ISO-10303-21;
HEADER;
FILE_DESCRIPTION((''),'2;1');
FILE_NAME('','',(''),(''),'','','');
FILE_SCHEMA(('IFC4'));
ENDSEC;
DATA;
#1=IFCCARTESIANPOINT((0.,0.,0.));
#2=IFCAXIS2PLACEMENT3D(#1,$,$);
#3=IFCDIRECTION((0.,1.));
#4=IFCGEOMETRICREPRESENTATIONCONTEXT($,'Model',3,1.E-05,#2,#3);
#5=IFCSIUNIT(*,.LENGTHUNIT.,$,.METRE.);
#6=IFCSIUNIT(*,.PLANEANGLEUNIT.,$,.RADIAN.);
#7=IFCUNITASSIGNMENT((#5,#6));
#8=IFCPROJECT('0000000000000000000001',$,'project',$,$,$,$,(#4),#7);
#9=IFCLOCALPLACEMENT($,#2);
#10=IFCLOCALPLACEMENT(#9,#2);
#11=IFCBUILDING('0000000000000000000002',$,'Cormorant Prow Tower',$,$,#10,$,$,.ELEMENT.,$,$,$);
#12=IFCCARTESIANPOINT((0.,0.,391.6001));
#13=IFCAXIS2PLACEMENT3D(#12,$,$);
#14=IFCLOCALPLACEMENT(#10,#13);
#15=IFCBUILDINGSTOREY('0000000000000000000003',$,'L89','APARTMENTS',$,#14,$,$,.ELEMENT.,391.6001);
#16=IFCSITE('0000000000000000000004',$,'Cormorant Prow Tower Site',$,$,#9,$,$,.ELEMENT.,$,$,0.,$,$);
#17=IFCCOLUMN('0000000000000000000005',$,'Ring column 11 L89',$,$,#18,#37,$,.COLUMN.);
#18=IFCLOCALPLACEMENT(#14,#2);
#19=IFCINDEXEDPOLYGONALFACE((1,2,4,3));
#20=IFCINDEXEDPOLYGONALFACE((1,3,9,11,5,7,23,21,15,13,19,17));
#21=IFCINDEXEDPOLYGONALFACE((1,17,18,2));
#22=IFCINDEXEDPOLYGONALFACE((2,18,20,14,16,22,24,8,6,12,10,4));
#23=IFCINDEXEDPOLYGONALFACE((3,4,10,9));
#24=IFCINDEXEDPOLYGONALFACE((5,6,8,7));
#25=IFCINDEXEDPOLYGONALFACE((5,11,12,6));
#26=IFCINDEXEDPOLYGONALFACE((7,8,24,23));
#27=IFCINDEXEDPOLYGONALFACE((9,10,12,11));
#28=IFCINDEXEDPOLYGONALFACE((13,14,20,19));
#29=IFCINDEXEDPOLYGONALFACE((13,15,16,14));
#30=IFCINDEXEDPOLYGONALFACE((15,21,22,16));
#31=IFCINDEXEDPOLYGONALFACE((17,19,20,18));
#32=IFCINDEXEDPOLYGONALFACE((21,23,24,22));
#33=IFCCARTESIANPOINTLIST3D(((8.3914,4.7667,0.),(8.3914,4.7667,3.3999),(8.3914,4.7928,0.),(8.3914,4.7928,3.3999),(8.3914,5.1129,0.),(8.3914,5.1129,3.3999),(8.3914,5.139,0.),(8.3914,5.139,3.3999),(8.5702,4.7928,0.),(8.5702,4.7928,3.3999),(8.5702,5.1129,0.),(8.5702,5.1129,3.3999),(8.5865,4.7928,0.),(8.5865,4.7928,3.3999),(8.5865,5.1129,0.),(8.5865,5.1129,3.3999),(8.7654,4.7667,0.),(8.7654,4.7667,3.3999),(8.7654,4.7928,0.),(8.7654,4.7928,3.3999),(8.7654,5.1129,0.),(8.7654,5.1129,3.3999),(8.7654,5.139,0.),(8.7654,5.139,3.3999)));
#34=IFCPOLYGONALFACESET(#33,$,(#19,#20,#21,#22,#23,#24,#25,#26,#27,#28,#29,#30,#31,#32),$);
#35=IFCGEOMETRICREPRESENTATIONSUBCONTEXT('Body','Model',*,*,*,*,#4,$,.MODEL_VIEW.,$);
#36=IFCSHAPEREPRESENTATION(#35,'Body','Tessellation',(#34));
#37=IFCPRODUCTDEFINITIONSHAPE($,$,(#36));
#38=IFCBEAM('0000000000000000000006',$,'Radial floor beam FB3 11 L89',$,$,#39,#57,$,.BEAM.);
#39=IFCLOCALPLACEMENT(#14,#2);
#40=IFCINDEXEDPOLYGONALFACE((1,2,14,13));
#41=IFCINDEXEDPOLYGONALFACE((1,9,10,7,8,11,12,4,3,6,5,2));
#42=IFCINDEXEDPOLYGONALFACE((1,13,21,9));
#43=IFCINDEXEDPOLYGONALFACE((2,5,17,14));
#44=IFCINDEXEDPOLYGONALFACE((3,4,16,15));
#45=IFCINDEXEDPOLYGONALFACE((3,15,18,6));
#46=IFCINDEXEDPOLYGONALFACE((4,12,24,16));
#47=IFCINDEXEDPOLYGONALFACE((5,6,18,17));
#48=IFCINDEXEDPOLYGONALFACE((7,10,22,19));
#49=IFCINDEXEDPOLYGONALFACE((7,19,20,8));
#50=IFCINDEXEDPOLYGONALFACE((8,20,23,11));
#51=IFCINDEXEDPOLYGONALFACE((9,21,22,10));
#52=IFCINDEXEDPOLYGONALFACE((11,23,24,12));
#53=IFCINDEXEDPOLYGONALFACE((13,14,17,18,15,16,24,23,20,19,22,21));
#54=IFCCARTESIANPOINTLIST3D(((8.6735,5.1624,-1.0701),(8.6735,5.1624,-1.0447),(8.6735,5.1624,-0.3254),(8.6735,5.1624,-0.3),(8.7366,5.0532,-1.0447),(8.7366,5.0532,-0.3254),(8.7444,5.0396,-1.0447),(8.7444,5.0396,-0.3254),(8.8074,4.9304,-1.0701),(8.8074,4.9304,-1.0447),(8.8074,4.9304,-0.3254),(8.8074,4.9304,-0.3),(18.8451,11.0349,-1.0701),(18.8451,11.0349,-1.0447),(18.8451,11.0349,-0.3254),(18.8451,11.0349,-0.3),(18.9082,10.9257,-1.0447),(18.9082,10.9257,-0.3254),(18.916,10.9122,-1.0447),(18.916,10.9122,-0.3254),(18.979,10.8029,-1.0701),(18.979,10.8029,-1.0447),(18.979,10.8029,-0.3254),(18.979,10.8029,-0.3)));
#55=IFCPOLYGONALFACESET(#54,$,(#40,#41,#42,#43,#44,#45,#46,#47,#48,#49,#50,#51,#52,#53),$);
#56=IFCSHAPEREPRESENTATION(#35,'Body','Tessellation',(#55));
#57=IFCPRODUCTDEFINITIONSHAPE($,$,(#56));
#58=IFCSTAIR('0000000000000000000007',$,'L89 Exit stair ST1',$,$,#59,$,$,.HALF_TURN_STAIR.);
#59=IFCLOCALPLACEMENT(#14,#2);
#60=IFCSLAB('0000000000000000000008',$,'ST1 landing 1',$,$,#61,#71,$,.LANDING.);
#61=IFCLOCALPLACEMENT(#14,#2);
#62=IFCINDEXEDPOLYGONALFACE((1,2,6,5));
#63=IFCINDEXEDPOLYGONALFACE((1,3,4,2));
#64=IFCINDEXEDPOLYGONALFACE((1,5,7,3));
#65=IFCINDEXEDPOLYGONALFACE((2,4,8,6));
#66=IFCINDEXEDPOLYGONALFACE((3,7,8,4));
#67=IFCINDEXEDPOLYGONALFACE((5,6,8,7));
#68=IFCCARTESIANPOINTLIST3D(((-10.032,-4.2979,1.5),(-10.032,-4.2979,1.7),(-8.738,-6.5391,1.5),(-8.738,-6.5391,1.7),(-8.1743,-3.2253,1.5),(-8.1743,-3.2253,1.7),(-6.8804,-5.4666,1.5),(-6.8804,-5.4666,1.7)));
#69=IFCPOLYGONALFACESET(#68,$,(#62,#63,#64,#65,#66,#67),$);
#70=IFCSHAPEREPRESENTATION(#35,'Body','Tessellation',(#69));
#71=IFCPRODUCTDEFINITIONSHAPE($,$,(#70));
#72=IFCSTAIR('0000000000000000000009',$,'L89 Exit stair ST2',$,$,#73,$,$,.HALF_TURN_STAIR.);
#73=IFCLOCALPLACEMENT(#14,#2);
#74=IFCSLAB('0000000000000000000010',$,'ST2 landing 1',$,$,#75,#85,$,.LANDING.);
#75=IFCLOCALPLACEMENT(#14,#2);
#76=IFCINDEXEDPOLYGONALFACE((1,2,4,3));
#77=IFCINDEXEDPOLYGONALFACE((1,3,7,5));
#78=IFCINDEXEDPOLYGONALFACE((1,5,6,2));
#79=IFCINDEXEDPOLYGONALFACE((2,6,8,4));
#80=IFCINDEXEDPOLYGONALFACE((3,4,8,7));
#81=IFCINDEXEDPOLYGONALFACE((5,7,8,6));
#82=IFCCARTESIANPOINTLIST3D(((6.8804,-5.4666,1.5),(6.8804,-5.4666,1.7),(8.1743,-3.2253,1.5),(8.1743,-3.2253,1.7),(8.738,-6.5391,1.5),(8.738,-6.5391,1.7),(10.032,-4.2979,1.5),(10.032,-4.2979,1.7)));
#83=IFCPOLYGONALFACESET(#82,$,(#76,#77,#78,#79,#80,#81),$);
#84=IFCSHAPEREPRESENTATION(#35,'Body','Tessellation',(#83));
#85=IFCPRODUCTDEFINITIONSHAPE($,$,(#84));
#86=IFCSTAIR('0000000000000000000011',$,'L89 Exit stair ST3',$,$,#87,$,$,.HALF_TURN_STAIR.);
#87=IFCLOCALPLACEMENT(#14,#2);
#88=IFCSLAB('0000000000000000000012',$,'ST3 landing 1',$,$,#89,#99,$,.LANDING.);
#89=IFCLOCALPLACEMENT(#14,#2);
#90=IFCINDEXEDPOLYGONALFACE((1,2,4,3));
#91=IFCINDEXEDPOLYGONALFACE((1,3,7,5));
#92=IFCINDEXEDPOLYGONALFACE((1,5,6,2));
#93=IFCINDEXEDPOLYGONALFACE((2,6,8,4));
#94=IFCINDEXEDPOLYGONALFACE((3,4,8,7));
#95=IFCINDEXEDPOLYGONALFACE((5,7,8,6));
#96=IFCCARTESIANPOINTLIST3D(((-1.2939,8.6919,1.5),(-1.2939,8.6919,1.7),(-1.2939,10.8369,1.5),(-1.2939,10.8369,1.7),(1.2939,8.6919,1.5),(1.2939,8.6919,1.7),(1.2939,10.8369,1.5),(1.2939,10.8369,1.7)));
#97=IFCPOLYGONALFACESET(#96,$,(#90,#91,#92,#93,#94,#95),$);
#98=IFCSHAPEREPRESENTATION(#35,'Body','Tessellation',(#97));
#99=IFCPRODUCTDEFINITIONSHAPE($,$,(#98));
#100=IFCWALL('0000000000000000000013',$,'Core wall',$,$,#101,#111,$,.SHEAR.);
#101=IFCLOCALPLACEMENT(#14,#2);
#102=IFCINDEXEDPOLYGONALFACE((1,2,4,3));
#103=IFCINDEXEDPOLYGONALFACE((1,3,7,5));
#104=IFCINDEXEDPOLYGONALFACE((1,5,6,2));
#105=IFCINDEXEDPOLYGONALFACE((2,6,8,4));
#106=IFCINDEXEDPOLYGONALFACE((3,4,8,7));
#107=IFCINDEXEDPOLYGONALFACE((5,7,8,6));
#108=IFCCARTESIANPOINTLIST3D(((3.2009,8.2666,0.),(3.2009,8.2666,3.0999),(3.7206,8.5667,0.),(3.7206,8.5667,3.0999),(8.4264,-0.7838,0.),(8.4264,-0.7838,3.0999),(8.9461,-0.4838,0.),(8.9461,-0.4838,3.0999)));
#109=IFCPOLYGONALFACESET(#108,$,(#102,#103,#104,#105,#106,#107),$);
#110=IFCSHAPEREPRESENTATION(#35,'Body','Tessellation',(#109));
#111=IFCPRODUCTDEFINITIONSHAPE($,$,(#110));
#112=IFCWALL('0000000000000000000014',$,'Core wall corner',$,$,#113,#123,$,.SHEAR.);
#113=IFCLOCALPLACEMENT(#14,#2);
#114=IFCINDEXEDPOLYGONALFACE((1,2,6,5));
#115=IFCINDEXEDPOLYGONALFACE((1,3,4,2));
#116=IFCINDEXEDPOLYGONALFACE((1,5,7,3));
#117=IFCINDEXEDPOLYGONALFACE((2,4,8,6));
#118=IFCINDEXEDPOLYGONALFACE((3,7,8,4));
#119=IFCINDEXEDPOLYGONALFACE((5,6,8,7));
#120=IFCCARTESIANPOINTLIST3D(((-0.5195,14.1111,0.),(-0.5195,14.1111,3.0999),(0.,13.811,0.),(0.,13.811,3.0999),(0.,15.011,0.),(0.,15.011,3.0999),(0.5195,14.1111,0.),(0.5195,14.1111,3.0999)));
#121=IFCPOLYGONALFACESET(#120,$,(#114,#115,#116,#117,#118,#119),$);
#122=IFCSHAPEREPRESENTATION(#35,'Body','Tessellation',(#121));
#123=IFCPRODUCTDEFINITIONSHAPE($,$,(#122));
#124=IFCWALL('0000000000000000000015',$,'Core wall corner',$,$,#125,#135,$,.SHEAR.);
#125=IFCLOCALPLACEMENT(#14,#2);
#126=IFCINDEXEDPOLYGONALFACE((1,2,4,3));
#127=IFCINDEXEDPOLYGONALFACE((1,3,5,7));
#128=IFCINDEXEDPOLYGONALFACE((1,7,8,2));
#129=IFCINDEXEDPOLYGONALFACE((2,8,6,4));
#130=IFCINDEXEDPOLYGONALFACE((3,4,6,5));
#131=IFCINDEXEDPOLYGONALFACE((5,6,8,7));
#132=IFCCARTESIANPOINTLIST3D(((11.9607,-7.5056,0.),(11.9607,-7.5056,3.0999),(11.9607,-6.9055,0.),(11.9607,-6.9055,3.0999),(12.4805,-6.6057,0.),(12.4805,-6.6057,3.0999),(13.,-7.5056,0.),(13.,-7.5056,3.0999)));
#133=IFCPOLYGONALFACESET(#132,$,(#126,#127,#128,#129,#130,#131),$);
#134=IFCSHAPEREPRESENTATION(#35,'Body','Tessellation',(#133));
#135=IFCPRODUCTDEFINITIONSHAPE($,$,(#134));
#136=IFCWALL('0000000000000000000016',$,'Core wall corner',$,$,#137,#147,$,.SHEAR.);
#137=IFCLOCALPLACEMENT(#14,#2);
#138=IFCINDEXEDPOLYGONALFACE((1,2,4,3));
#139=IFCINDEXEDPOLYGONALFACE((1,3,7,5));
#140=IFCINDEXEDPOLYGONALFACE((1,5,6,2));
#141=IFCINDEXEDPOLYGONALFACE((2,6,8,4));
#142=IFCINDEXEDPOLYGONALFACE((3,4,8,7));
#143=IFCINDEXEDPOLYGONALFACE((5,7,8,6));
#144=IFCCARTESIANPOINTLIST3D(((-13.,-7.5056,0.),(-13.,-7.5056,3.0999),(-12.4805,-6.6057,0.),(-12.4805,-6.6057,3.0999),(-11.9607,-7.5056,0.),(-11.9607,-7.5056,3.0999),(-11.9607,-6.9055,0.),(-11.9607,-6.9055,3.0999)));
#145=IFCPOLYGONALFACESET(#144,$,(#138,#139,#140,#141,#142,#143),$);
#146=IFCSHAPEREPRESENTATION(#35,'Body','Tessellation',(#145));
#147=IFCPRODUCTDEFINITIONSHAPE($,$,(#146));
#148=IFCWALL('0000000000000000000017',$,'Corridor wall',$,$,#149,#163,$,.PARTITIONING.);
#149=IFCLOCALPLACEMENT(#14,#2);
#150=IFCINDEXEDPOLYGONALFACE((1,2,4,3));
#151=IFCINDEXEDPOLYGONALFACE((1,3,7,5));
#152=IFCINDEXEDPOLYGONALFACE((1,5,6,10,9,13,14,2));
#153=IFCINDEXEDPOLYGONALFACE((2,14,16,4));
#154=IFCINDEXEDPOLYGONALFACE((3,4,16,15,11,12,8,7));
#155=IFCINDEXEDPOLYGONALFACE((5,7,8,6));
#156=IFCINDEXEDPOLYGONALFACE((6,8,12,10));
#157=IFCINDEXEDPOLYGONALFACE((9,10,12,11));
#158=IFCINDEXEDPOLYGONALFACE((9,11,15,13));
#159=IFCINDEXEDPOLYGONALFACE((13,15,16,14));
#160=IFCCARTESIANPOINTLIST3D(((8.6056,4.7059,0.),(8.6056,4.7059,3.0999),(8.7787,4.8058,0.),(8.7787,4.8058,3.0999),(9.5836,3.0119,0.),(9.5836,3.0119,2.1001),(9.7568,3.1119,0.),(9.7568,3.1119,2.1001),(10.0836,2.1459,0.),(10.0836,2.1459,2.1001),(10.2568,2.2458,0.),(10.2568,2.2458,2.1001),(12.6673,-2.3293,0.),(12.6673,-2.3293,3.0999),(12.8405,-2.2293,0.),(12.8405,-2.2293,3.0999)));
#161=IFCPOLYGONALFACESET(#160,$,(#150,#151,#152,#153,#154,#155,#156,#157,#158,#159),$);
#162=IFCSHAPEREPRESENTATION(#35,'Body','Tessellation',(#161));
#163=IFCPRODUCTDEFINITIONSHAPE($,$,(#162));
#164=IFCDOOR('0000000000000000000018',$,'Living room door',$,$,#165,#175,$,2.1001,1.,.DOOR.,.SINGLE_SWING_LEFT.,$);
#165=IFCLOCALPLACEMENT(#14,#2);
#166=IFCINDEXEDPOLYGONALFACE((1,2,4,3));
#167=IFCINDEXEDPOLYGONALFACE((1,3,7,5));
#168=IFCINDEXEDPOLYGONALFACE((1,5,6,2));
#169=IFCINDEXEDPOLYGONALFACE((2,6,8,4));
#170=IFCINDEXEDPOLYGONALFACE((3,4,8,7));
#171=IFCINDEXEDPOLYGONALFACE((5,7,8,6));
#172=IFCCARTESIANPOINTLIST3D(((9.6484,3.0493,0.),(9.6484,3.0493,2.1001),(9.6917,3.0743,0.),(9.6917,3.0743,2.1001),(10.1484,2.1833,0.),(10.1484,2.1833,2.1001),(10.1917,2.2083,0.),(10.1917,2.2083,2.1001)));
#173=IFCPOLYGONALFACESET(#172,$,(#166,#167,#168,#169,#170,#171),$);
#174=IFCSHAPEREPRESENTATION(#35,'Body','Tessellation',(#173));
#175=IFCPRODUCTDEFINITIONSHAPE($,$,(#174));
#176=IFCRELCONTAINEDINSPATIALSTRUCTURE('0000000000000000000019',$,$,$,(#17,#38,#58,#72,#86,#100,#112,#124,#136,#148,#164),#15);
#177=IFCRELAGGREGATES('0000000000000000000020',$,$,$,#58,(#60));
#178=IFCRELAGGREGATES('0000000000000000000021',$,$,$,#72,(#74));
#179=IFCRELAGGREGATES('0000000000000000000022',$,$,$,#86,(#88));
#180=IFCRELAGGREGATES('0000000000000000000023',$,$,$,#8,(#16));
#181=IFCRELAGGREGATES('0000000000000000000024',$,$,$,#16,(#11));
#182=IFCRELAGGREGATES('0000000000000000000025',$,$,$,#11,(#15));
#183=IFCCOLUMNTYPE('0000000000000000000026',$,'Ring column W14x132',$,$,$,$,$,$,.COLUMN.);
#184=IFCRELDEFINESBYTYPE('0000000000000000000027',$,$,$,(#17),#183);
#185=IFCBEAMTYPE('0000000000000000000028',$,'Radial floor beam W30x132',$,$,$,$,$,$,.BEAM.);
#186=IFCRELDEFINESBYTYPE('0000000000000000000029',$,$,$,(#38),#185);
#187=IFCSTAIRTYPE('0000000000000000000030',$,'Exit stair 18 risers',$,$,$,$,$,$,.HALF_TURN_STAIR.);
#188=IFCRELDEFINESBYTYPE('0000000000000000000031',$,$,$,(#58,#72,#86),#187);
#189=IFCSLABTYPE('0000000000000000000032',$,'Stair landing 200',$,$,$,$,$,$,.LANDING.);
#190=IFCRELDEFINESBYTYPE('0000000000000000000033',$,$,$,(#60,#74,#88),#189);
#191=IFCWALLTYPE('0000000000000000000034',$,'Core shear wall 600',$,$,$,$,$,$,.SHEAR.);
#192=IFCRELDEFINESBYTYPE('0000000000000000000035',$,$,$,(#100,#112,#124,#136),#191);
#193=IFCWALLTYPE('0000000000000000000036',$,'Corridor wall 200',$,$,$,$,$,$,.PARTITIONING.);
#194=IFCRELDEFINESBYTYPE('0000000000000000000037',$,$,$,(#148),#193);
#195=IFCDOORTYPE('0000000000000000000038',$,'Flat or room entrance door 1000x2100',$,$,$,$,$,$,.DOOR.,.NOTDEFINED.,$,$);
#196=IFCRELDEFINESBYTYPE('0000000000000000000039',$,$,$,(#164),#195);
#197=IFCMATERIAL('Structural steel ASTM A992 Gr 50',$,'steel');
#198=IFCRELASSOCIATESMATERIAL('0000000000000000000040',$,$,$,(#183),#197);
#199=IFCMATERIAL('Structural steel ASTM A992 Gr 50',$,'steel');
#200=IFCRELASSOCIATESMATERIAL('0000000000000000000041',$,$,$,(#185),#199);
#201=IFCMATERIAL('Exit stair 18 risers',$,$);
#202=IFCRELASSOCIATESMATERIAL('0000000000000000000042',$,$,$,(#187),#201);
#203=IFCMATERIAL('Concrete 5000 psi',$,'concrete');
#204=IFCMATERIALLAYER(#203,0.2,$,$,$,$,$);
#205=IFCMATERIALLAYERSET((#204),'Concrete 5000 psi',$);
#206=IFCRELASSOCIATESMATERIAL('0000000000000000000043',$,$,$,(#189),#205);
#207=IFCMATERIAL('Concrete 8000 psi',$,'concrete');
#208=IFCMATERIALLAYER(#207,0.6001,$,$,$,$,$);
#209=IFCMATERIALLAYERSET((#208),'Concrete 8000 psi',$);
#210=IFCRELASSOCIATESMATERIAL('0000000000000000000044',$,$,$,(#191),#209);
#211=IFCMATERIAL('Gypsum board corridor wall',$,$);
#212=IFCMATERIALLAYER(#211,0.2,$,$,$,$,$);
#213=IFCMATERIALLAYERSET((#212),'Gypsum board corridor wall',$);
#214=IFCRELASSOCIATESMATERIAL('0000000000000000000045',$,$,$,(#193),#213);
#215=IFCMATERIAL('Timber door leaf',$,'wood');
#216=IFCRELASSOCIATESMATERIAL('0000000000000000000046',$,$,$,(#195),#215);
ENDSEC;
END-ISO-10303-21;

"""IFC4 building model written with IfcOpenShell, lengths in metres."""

from ifc_helpers import new_model, si_unit, direction, frame, frame_2d, origin, origin_2d, place, context, subcontext, project, spatial, polyline, rectangle, i_section, outline, extrude, material, layer, layer_set, material_profile, profile_set, type_object, element, fill, aggregate, save


model = new_model("IFC4")

# Units and contexts
model_context = context("Model", 3, precision=1e-05, world=origin(), true_north=direction((0.0, 1.0)))
body_context = subcontext(model_context, "Body", "Model", "MODEL_VIEW")
ifc_project = project(units=[si_unit("LENGTHUNIT", "METRE"), si_unit("PLANEANGLEUNIT", "RADIAN")], contexts=[model_context])

# Site, building, storey
site_placement = place(None, origin())
site = spatial("IfcSite", under=ifc_project, at=site_placement, Name="Cormorant Prow Tower Site", CompositionType="ELEMENT", RefElevation=0.0)
building_placement = place(site_placement, origin())
building = spatial("IfcBuilding", under=site, at=building_placement, Name="Cormorant Prow Tower", CompositionType="ELEMENT")
storey_placement = place(building_placement, frame((0.0, 0.0, 391.6001)))
storey = spatial("IfcBuildingStorey", under=building, at=storey_placement, Name="L89", Description="APARTMENTS", CompositionType="ELEMENT", Elevation=391.6001)

# Column
ifc_material_1 = material(Name="Structural steel ASTM A992 Gr 50", Category="steel")
ifc_material_profile_1 = material_profile(ifc_material_1, i_section(OverallWidth=0.374, OverallDepth=0.3723, WebThickness=0.0164, FlangeThickness=0.0261, at=origin_2d()), Name="W14x132")
ifc_profile_set_1 = profile_set([ifc_material_profile_1], Name="Structural steel ASTM A992 Gr 50")
column_type = type_object("IfcColumnType", Name="Ring column W14x132", PredefinedType="COLUMN", material=ifc_profile_set_1)
column_placement = place(storey_placement, frame((8.5784, 4.9529, 0.0), z_axis=(0.0, 0.0, 1.0), x_axis=(1.0, 0.0, 0.0)))
element("IfcColumn", 1, at=column_placement, inside=storey, type_object=column_type, Name="Ring column 11 L89", PredefinedType="COLUMN", context=body_context, shape_type="SweptSolid", body=[
    extrude(i_section(OverallWidth=0.374, OverallDepth=0.3723, WebThickness=0.0164, FlangeThickness=0.0261, at=origin_2d()), origin(), (0.0, 0.0, 1.0), 3.3999),
])

# Beam
ifc_material_2 = material(Name="Structural steel ASTM A992 Gr 50", Category="steel")
ifc_material_profile_2 = material_profile(ifc_material_2, i_section(OverallWidth=0.2678, OverallDepth=0.77, WebThickness=0.0156, FlangeThickness=0.0254, at=origin_2d()), Name="W30x132")
ifc_profile_set_2 = profile_set([ifc_material_profile_2], Name="Structural steel ASTM A992 Gr 50")
beam_type = type_object("IfcBeamType", Name="Radial floor beam W30x132", PredefinedType="BEAM", material=ifc_profile_set_2)
beam_placement = place(storey_placement, frame((8.7405, 5.0464, -0.6851), z_axis=(0.866027, 0.499998, 0.0), x_axis=(-0.499998, 0.866027, 0.0)))
element("IfcBeam", 2, at=beam_placement, inside=storey, type_object=beam_type, Name="Radial floor beam FB3 11 L89", PredefinedType="BEAM", context=body_context, shape_type="SweptSolid", body=[
    extrude(i_section(OverallWidth=0.2678, OverallDepth=0.77, WebThickness=0.0156, FlangeThickness=0.0254, at=origin_2d()), origin(), (0.0, 0.0, 1.0), 11.7451),
])

# Stairs, slabs
ifc_material_3 = material(Name="Exit stair 18 risers")
stair_type = type_object("IfcStairType", Name="Exit stair 18 risers", PredefinedType="HALF_TURN_STAIR", material=ifc_material_3)
stair_1_placement = place(storey_placement, origin())
stair_1 = element("IfcStair", 3, at=stair_1_placement, inside=storey, type_object=stair_type, Name="L89 Exit stair ST1", PredefinedType="HALF_TURN_STAIR")
ifc_material_4 = material(Name="Concrete 5000 psi", Category="concrete")
ifc_layer_1 = layer(ifc_material_4, 0.2)
ifc_layer_set_1 = layer_set([ifc_layer_1], Name="Concrete 5000 psi")
slab_type = type_object("IfcSlabType", Name="Stair landing 200", PredefinedType="LANDING", material=ifc_layer_set_1)
slab_1_placement = place(storey_placement, frame((0.0, 0.0, 1.5)))
slab_1 = element("IfcSlab", 4, at=slab_1_placement, type_object=slab_type, Name="ST1 landing 1", PredefinedType="LANDING", context=body_context, shape_type="SweptSolid", body=[
    extrude(outline(polyline([(-8.1743, -3.2253), (-10.032, -4.2979), (-8.738, -6.5391), (-6.8804, -5.4666), (-8.1743, -3.2253)])), origin(), (0.0, 0.0, 1.0), 0.2),
])
aggregate(stair_1, [slab_1])
stair_2_placement = place(storey_placement, origin())
stair_2 = element("IfcStair", 5, at=stair_2_placement, inside=storey, type_object=stair_type, Name="L89 Exit stair ST2", PredefinedType="HALF_TURN_STAIR")
slab_2_placement = place(storey_placement, frame((0.0, 0.0, 1.5)))
slab_2 = element("IfcSlab", 6, at=slab_2_placement, type_object=slab_type, Name="ST2 landing 1", PredefinedType="LANDING", context=body_context, shape_type="SweptSolid", body=[
    extrude(outline(polyline([(6.8804, -5.4666), (8.738, -6.5391), (10.032, -4.2979), (8.1743, -3.2253), (6.8804, -5.4666)])), origin(), (0.0, 0.0, 1.0), 0.2),
])
aggregate(stair_2, [slab_2])
stair_3_placement = place(storey_placement, origin())
stair_3 = element("IfcStair", 7, at=stair_3_placement, inside=storey, type_object=stair_type, Name="L89 Exit stair ST3", PredefinedType="HALF_TURN_STAIR")
slab_3_placement = place(storey_placement, frame((0.0, 0.0, 1.5)))
slab_3 = element("IfcSlab", 8, at=slab_3_placement, type_object=slab_type, Name="ST3 landing 1", PredefinedType="LANDING", context=body_context, shape_type="SweptSolid", body=[
    extrude(outline(polyline([(1.2939, 8.6919), (1.2939, 10.8369), (-1.2939, 10.8369), (-1.2939, 8.6919), (1.2939, 8.6919)])), origin(), (0.0, 0.0, 1.0), 0.2),
])

# Walls
ifc_material_5 = material(Name="Concrete 8000 psi", Category="concrete")
ifc_layer_2 = layer(ifc_material_5, 0.6001)
ifc_layer_set_2 = layer_set([ifc_layer_2], Name="Concrete 8000 psi")
wall_type_1 = type_object("IfcWallType", Name="Core shear wall 600", PredefinedType="SHEAR", material=ifc_layer_set_2)
wall_1_placement = place(storey_placement, frame((8.6863, -0.6338, 0.0), z_axis=(0.0, 0.0, 1.0), x_axis=(-0.500018, 0.866015, 0.0)))
element("IfcWall", 9, at=wall_1_placement, inside=storey, type_object=wall_type_1, Name="Core wall", PredefinedType="SHEAR", context=body_context, shape_type="SweptSolid", body=[
    extrude(rectangle(XDim=10.4507, YDim=0.6001, at=frame_2d((5.2253, 0.0))), origin(), (0.0, 0.0, 1.0), 3.0999),
])
wall_2_placement = place(storey_placement, origin())
element("IfcWall", 10, at=wall_2_placement, inside=storey, type_object=wall_type_1, Name="Core wall corner", PredefinedType="SHEAR", context=body_context, shape_type="SweptSolid", body=[
    extrude(outline(polyline([(0.0, 13.811), (-0.5195, 14.1111), (0.0, 15.011), (0.5195, 14.1111), (0.0, 13.811)])), origin(), (0.0, 0.0, 1.0), 3.0999),
])
wall_3_placement = place(storey_placement, origin())
element("IfcWall", 11, at=wall_3_placement, inside=storey, type_object=wall_type_1, Name="Core wall corner", PredefinedType="SHEAR", context=body_context, shape_type="SweptSolid", body=[
    extrude(outline(polyline([(11.9607, -7.5056), (11.9607, -6.9055), (12.4805, -6.6057), (13.0, -7.5056), (11.9607, -7.5056)])), origin(), (0.0, 0.0, 1.0), 3.0999),
])
wall_4_placement = place(storey_placement, origin())
element("IfcWall", 12, at=wall_4_placement, inside=storey, type_object=wall_type_1, Name="Core wall corner", PredefinedType="SHEAR", context=body_context, shape_type="SweptSolid", body=[
    extrude(outline(polyline([(-12.4805, -6.6057), (-11.9607, -6.9055), (-11.9607, -7.5056), (-13.0, -7.5056), (-12.4805, -6.6057)])), origin(), (0.0, 0.0, 1.0), 3.0999),
])

# Wall, opening, door
ifc_material_6 = material(Name="Gypsum board corridor wall")
ifc_layer_3 = layer(ifc_material_6, 0.2)
ifc_layer_set_3 = layer_set([ifc_layer_3], Name="Gypsum board corridor wall")
wall_type_2 = type_object("IfcWallType", Name="Corridor wall 200", PredefinedType="PARTITIONING", material=ifc_layer_set_3)
wall_5_placement = place(storey_placement, frame((8.6921, 4.7559, 0.0), z_axis=(0.0, 0.0, 1.0), x_axis=(0.500002, -0.866024, 0.0)))
wall_5 = element("IfcWall", 13, at=wall_5_placement, inside=storey, type_object=wall_type_2, Name="Corridor wall", PredefinedType="PARTITIONING", context=body_context, shape_type="SweptSolid", body=[
    extrude(rectangle(XDim=8.1235, YDim=0.2, at=frame_2d((4.0618, 0.0))), origin(), (0.0, 0.0, 1.0), 3.0999),
])
opening_1_placement = place(wall_5_placement, frame((1.9561, 0.0, 0.0)))
opening_1 = element("IfcOpeningElement", 14, at=opening_1_placement, cuts=wall_5, PredefinedType="OPENING", context=body_context, shape_type="SweptSolid", body=[
    extrude(rectangle(XDim=1.0, YDim=2.1001, at=frame_2d((0.5, 1.05))), frame((0.0, 0.1099, 0.0), z_axis=(0.0, -1.0, 0.0), x_axis=(1.0, 0.0, 0.0)), (0.0, 0.0, 1.0), 0.22),
])
ifc_material_7 = material(Name="Timber door leaf", Category="wood")
door_type_1 = type_object("IfcDoorType", Name="Flat or room entrance door 1000x2100", OperationType="NOTDEFINED", PredefinedType="DOOR", material=ifc_material_7)
door_1_placement = place(opening_1_placement, origin())
door_1 = element("IfcDoor", 15, at=door_1_placement, inside=storey, type_object=door_type_1, Name="Living room door", OperationType="SINGLE_SWING_LEFT", OverallHeight=2.1001, OverallWidth=1.0, PredefinedType="DOOR", context=body_context, shape_type="SweptSolid", body=[
    extrude(rectangle(XDim=1.0, YDim=2.1001, at=frame_2d((0.5, 1.05))), frame((0.0, 0.0249, 0.0), z_axis=(0.0, -1.0, 0.0), x_axis=(1.0, 0.0, 0.0)), (0.0, 0.0, 1.0), 0.05),
])
fill(opening_1, door_1)

aggregate(stair_3, [slab_3])

save(model, "model.ifc")
